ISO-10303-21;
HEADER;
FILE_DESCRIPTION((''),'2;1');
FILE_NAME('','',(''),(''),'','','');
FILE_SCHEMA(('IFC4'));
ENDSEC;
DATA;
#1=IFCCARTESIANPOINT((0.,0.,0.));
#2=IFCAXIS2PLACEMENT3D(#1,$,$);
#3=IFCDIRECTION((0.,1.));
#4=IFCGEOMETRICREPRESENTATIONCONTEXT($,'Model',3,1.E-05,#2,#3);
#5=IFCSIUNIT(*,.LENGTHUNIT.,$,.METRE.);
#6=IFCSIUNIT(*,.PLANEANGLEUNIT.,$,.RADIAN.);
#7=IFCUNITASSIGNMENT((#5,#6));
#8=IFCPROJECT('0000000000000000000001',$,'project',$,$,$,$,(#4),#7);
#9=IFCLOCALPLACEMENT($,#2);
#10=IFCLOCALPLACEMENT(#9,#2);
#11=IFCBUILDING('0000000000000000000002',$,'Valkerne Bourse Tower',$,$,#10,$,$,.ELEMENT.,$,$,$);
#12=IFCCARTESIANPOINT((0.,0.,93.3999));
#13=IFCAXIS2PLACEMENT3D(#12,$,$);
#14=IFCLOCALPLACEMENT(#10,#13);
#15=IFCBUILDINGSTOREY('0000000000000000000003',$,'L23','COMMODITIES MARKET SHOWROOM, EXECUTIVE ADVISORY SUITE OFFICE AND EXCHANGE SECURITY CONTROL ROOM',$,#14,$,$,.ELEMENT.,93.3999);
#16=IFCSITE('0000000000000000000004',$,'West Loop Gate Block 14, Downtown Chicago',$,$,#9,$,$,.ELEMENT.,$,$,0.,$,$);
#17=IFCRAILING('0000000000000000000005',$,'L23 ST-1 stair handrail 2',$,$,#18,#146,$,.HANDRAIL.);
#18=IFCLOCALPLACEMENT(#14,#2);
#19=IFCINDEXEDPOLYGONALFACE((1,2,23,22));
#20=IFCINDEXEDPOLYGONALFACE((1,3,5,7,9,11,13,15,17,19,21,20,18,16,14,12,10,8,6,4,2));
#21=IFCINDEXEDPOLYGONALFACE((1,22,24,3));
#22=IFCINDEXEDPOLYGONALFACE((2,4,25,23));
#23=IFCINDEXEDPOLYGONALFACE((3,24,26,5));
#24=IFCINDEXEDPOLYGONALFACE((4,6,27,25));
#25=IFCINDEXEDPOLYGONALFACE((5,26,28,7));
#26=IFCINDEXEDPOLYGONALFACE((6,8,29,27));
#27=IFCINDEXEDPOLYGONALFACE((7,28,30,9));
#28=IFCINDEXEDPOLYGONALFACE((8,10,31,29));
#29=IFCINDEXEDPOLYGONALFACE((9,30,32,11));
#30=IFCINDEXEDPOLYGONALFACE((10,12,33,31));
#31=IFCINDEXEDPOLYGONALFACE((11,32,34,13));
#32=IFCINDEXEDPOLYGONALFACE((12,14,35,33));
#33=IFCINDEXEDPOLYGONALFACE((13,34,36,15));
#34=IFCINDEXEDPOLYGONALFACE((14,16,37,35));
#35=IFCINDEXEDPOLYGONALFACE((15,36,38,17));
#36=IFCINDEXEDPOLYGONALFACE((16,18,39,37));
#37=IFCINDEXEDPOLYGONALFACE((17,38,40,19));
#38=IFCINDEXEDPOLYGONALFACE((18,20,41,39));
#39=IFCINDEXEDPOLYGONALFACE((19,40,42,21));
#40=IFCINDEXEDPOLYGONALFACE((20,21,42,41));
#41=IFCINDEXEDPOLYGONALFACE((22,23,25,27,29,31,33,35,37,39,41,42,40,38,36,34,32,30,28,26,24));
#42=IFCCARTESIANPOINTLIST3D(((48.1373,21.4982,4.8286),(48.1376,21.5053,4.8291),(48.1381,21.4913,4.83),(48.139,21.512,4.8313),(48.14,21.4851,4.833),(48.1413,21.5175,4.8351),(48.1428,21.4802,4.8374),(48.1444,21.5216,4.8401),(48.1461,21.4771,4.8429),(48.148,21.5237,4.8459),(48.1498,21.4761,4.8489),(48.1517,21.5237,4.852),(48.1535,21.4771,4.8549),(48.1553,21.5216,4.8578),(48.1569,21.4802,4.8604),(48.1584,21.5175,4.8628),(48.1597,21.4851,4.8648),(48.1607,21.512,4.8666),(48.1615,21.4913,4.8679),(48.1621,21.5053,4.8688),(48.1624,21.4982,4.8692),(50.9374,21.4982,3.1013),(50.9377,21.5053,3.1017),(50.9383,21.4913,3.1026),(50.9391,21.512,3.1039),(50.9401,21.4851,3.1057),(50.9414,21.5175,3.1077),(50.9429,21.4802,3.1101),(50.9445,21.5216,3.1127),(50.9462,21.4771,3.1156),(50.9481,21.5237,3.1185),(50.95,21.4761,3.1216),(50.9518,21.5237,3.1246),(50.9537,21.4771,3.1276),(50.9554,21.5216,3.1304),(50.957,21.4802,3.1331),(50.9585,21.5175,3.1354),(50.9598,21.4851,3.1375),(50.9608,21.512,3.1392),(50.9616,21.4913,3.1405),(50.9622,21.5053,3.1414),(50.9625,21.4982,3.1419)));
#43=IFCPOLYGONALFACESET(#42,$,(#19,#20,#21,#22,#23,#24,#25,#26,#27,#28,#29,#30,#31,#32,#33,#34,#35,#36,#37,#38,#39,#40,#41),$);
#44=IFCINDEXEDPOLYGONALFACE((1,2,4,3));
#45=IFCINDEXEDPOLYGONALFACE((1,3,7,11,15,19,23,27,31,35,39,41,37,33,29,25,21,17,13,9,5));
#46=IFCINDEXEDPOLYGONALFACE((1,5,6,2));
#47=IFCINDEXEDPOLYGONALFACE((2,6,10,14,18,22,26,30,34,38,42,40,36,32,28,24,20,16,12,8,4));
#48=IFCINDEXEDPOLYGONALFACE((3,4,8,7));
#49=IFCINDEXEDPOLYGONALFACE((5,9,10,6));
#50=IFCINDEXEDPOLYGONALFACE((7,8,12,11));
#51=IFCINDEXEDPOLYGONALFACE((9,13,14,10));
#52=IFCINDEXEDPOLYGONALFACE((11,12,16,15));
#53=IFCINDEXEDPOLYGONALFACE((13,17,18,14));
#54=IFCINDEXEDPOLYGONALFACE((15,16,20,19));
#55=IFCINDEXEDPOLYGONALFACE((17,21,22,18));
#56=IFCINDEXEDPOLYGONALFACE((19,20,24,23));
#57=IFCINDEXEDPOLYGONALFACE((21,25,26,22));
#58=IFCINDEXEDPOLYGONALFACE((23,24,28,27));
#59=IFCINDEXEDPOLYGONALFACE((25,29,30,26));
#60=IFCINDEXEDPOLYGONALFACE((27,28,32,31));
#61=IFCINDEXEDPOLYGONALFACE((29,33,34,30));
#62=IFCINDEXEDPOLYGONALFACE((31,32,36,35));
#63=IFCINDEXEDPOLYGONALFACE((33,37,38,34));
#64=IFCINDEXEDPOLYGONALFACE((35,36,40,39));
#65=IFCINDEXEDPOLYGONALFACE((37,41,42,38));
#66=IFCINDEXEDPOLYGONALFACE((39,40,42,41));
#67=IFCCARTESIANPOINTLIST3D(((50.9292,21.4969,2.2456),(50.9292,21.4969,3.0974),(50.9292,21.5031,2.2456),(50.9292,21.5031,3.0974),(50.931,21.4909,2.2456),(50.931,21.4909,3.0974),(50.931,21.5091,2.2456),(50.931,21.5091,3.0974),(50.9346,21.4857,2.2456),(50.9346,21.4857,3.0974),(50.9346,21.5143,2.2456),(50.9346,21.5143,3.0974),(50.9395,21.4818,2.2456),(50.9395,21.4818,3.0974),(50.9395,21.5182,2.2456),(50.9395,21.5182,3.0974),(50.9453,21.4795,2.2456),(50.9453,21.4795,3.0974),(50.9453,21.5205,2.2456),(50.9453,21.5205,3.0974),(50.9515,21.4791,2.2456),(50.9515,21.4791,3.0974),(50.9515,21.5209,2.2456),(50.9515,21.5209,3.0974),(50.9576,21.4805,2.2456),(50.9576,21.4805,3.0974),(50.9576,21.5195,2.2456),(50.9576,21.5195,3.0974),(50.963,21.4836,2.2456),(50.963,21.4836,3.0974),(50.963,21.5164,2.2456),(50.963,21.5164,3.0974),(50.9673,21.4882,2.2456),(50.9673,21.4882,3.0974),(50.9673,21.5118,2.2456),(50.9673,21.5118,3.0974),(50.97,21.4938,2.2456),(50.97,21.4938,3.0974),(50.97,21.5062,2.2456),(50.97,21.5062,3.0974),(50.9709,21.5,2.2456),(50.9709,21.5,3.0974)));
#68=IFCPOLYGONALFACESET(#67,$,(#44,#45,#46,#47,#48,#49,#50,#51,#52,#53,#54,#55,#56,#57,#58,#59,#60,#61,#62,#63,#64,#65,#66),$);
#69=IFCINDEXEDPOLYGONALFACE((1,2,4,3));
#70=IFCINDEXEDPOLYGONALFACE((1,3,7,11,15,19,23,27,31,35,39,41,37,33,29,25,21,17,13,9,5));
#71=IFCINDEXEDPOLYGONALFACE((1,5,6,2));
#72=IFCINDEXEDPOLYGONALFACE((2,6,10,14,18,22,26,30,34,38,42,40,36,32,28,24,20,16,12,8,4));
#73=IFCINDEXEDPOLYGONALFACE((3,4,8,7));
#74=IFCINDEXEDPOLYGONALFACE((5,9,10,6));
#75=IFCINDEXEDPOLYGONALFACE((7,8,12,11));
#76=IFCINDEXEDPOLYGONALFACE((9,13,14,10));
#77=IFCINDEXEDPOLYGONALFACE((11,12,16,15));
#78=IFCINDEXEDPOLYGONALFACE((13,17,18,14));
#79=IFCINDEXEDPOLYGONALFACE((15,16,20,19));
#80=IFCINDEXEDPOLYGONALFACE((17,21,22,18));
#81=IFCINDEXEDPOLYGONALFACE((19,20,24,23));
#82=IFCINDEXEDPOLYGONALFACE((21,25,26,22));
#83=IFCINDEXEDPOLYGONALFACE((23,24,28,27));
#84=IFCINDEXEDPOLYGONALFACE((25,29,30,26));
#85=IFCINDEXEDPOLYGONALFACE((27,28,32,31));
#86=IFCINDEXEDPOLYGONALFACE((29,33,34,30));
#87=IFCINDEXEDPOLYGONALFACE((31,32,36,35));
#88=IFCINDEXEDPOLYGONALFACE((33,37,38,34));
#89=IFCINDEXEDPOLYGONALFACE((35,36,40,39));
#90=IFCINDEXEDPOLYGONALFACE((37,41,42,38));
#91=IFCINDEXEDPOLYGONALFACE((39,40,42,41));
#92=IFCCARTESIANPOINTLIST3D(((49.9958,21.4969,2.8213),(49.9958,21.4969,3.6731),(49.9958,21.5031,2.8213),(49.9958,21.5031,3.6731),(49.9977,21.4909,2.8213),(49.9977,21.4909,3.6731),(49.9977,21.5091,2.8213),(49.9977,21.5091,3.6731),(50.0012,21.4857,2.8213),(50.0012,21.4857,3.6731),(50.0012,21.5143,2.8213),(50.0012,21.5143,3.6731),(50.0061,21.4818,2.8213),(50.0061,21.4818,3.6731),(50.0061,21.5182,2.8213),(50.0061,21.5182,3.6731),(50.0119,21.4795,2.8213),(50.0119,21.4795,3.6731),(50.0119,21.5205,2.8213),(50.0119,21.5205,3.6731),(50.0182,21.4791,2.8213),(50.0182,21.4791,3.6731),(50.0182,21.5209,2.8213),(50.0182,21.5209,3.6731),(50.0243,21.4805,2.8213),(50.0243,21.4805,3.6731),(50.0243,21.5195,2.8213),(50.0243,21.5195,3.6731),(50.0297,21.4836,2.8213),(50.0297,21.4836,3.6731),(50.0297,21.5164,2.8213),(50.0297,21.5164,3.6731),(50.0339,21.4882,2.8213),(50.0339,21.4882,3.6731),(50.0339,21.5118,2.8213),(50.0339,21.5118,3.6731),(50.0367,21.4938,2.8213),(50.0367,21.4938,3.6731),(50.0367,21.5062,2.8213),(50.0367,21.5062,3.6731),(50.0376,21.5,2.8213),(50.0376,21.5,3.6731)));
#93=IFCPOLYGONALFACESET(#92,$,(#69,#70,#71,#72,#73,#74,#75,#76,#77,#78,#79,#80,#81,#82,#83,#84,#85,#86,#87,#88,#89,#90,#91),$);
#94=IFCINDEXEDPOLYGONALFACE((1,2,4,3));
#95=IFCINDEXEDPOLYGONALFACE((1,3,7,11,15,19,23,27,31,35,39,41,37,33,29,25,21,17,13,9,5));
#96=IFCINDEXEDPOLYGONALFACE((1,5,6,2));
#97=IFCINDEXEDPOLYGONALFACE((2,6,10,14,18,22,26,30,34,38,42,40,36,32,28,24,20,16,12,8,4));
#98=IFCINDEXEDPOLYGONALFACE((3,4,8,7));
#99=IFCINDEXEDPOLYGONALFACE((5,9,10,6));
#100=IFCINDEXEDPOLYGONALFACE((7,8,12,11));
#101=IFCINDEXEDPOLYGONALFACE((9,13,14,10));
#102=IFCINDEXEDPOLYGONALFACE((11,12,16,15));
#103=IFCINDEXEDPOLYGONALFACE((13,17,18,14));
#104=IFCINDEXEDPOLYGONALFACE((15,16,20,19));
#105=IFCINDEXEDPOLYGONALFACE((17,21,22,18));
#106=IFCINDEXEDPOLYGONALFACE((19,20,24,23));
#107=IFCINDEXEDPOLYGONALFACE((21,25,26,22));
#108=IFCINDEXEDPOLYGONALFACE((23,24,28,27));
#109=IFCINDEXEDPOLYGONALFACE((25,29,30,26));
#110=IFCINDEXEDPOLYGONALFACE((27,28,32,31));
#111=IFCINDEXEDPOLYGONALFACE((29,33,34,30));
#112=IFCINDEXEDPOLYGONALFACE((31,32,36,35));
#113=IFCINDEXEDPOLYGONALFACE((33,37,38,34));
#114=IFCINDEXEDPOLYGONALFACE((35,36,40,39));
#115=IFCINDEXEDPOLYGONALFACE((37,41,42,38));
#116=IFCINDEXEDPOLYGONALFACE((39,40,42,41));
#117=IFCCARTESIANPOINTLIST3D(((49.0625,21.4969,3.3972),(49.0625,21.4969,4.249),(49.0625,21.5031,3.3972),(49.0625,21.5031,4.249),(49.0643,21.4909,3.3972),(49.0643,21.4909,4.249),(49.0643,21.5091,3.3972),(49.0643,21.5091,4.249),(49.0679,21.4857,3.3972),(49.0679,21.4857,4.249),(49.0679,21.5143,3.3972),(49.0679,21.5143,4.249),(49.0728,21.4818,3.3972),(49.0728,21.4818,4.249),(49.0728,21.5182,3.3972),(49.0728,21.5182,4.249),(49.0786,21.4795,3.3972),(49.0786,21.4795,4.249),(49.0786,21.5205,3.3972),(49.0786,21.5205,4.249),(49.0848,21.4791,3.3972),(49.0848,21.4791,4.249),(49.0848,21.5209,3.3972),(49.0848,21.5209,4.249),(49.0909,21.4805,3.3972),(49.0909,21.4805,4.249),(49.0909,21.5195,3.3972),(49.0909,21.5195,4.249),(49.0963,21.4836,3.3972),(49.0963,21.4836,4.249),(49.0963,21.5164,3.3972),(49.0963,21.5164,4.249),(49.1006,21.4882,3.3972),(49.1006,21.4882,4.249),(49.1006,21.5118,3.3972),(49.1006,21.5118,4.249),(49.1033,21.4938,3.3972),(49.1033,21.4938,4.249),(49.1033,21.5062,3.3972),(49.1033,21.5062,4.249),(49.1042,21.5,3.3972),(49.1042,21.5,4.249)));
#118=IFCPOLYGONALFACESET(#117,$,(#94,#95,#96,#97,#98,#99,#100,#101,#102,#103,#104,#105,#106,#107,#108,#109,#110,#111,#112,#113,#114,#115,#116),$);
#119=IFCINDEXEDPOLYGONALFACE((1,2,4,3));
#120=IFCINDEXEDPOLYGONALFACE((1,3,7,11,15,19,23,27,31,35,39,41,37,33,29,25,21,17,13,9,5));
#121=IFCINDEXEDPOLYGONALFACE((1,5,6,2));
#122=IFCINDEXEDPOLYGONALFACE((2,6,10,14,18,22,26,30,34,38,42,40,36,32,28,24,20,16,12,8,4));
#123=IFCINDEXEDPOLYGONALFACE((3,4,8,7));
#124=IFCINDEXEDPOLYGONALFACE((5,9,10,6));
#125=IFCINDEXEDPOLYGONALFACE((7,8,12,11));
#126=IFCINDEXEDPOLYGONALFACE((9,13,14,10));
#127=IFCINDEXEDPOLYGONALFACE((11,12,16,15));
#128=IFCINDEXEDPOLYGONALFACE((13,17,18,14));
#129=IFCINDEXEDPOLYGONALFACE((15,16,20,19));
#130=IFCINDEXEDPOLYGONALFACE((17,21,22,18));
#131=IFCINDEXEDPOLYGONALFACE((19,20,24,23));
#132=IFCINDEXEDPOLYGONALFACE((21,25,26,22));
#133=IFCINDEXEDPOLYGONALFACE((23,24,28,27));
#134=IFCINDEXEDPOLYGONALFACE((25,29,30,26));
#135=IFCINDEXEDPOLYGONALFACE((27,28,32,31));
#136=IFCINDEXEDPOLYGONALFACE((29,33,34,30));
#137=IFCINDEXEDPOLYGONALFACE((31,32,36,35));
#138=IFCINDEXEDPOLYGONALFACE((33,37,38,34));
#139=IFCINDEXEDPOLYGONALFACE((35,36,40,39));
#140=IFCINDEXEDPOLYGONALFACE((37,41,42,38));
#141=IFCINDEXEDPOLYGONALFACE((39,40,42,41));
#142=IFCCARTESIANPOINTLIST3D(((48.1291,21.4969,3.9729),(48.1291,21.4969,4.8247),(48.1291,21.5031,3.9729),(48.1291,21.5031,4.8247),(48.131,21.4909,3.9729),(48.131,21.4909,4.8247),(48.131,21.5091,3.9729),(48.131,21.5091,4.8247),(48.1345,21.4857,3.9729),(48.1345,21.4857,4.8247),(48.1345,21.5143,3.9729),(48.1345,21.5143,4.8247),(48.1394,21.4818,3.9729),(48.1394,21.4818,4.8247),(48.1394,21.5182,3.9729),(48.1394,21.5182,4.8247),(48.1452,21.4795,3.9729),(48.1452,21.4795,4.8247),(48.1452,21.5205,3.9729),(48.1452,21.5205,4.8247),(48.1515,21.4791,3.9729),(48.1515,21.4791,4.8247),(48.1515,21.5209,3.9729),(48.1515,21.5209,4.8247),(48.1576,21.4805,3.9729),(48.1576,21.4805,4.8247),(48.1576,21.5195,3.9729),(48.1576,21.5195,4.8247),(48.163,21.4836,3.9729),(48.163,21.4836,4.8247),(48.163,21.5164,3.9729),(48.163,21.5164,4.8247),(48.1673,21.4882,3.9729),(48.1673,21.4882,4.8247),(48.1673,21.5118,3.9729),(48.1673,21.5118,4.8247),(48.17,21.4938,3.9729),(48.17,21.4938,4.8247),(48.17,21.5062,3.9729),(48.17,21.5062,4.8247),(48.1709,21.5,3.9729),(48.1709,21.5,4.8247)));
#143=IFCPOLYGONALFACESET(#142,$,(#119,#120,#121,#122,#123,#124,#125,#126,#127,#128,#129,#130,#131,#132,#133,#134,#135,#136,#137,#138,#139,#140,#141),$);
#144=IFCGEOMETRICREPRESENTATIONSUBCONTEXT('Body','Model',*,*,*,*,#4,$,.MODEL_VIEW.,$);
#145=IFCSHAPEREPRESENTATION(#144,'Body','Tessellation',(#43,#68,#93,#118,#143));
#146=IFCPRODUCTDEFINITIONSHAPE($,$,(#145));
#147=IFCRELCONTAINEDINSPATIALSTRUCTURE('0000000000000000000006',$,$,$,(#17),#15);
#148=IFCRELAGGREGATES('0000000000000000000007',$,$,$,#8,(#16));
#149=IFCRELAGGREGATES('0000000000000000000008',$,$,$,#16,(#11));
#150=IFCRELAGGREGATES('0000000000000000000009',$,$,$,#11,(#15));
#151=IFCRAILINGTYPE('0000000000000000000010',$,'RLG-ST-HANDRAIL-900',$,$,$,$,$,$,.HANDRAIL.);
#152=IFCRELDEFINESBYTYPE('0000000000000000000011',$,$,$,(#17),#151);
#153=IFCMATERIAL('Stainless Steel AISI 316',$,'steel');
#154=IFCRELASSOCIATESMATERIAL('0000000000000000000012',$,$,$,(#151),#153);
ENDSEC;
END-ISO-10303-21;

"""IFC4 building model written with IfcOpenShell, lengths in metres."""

from ifc_helpers import new_model, si_unit, direction, frame, origin, origin_2d, place, context, subcontext, project, spatial, circle, extrude, material, type_object, element, save


model = new_model("IFC4")

# Units and contexts
model_context = context("Model", 3, precision=1e-05, world=origin(), true_north=direction((0.0, 1.0)))
body_context = subcontext(model_context, "Body", "Model", "MODEL_VIEW")
ifc_project = project(units=[si_unit("LENGTHUNIT", "METRE"), si_unit("PLANEANGLEUNIT", "RADIAN")], contexts=[model_context])

# Site, building, storey
site_placement = place(None, origin())
site = spatial("IfcSite", under=ifc_project, at=site_placement, Name="West Loop Gate Block 14, Downtown Chicago", CompositionType="ELEMENT", RefElevation=0.0)
building_placement = place(site_placement, origin())
building = spatial("IfcBuilding", under=site, at=building_placement, Name="Valkerne Bourse Tower", CompositionType="ELEMENT")
storey_placement = place(building_placement, frame((0.0, 0.0, 93.3999)))
storey = spatial("IfcBuildingStorey", under=building, at=storey_placement, Name="L23", Description="COMMODITIES MARKET SHOWROOM, EXECUTIVE ADVISORY SUITE OFFICE AND EXCHANGE SECURITY CONTROL ROOM", CompositionType="ELEMENT", Elevation=93.3999)

# Shared definitions
ifc_material_1 = material(Name="Stainless Steel AISI 316", Category="steel")

# Railing
railing_type_1 = type_object("IfcRailingType", Name="RLG-ST-HANDRAIL-900", PredefinedType="HANDRAIL", material=ifc_material_1)
railing_1_placement = place(storey_placement, frame((50.95, 21.5, 2.2456)))
element("IfcRailing", 1, at=railing_1_placement, inside=storey, type_object=railing_type_1, Name="L23 ST-1 stair handrail 2", PredefinedType="HANDRAIL", context=body_context, shape_type="SweptSolid", body=[
    extrude(circle(Radius=0.0239, at=origin_2d()), frame((0.0, 0.0, 0.876), z_axis=(-0.85109, 0.0, 0.52502), x_axis=(0.0, -1.0, 0.0)), (0.0, 0.0, 1.0), 3.29),
    extrude(circle(Radius=0.021, at=origin_2d()), origin(), (0.0, 0.0, 1.0), 0.8518),
    extrude(circle(Radius=0.021, at=origin_2d()), frame((-0.9333, 0.0, 0.5757)), (0.0, 0.0, 1.0), 0.8518),
    extrude(circle(Radius=0.021, at=origin_2d()), frame((-1.8667, 0.0, 1.1516)), (0.0, 0.0, 1.0), 0.8518),
    extrude(circle(Radius=0.021, at=origin_2d()), frame((-2.8, 0.0, 1.7273)), (0.0, 0.0, 1.0), 0.8518),
])

save(model, "model.ifc")
